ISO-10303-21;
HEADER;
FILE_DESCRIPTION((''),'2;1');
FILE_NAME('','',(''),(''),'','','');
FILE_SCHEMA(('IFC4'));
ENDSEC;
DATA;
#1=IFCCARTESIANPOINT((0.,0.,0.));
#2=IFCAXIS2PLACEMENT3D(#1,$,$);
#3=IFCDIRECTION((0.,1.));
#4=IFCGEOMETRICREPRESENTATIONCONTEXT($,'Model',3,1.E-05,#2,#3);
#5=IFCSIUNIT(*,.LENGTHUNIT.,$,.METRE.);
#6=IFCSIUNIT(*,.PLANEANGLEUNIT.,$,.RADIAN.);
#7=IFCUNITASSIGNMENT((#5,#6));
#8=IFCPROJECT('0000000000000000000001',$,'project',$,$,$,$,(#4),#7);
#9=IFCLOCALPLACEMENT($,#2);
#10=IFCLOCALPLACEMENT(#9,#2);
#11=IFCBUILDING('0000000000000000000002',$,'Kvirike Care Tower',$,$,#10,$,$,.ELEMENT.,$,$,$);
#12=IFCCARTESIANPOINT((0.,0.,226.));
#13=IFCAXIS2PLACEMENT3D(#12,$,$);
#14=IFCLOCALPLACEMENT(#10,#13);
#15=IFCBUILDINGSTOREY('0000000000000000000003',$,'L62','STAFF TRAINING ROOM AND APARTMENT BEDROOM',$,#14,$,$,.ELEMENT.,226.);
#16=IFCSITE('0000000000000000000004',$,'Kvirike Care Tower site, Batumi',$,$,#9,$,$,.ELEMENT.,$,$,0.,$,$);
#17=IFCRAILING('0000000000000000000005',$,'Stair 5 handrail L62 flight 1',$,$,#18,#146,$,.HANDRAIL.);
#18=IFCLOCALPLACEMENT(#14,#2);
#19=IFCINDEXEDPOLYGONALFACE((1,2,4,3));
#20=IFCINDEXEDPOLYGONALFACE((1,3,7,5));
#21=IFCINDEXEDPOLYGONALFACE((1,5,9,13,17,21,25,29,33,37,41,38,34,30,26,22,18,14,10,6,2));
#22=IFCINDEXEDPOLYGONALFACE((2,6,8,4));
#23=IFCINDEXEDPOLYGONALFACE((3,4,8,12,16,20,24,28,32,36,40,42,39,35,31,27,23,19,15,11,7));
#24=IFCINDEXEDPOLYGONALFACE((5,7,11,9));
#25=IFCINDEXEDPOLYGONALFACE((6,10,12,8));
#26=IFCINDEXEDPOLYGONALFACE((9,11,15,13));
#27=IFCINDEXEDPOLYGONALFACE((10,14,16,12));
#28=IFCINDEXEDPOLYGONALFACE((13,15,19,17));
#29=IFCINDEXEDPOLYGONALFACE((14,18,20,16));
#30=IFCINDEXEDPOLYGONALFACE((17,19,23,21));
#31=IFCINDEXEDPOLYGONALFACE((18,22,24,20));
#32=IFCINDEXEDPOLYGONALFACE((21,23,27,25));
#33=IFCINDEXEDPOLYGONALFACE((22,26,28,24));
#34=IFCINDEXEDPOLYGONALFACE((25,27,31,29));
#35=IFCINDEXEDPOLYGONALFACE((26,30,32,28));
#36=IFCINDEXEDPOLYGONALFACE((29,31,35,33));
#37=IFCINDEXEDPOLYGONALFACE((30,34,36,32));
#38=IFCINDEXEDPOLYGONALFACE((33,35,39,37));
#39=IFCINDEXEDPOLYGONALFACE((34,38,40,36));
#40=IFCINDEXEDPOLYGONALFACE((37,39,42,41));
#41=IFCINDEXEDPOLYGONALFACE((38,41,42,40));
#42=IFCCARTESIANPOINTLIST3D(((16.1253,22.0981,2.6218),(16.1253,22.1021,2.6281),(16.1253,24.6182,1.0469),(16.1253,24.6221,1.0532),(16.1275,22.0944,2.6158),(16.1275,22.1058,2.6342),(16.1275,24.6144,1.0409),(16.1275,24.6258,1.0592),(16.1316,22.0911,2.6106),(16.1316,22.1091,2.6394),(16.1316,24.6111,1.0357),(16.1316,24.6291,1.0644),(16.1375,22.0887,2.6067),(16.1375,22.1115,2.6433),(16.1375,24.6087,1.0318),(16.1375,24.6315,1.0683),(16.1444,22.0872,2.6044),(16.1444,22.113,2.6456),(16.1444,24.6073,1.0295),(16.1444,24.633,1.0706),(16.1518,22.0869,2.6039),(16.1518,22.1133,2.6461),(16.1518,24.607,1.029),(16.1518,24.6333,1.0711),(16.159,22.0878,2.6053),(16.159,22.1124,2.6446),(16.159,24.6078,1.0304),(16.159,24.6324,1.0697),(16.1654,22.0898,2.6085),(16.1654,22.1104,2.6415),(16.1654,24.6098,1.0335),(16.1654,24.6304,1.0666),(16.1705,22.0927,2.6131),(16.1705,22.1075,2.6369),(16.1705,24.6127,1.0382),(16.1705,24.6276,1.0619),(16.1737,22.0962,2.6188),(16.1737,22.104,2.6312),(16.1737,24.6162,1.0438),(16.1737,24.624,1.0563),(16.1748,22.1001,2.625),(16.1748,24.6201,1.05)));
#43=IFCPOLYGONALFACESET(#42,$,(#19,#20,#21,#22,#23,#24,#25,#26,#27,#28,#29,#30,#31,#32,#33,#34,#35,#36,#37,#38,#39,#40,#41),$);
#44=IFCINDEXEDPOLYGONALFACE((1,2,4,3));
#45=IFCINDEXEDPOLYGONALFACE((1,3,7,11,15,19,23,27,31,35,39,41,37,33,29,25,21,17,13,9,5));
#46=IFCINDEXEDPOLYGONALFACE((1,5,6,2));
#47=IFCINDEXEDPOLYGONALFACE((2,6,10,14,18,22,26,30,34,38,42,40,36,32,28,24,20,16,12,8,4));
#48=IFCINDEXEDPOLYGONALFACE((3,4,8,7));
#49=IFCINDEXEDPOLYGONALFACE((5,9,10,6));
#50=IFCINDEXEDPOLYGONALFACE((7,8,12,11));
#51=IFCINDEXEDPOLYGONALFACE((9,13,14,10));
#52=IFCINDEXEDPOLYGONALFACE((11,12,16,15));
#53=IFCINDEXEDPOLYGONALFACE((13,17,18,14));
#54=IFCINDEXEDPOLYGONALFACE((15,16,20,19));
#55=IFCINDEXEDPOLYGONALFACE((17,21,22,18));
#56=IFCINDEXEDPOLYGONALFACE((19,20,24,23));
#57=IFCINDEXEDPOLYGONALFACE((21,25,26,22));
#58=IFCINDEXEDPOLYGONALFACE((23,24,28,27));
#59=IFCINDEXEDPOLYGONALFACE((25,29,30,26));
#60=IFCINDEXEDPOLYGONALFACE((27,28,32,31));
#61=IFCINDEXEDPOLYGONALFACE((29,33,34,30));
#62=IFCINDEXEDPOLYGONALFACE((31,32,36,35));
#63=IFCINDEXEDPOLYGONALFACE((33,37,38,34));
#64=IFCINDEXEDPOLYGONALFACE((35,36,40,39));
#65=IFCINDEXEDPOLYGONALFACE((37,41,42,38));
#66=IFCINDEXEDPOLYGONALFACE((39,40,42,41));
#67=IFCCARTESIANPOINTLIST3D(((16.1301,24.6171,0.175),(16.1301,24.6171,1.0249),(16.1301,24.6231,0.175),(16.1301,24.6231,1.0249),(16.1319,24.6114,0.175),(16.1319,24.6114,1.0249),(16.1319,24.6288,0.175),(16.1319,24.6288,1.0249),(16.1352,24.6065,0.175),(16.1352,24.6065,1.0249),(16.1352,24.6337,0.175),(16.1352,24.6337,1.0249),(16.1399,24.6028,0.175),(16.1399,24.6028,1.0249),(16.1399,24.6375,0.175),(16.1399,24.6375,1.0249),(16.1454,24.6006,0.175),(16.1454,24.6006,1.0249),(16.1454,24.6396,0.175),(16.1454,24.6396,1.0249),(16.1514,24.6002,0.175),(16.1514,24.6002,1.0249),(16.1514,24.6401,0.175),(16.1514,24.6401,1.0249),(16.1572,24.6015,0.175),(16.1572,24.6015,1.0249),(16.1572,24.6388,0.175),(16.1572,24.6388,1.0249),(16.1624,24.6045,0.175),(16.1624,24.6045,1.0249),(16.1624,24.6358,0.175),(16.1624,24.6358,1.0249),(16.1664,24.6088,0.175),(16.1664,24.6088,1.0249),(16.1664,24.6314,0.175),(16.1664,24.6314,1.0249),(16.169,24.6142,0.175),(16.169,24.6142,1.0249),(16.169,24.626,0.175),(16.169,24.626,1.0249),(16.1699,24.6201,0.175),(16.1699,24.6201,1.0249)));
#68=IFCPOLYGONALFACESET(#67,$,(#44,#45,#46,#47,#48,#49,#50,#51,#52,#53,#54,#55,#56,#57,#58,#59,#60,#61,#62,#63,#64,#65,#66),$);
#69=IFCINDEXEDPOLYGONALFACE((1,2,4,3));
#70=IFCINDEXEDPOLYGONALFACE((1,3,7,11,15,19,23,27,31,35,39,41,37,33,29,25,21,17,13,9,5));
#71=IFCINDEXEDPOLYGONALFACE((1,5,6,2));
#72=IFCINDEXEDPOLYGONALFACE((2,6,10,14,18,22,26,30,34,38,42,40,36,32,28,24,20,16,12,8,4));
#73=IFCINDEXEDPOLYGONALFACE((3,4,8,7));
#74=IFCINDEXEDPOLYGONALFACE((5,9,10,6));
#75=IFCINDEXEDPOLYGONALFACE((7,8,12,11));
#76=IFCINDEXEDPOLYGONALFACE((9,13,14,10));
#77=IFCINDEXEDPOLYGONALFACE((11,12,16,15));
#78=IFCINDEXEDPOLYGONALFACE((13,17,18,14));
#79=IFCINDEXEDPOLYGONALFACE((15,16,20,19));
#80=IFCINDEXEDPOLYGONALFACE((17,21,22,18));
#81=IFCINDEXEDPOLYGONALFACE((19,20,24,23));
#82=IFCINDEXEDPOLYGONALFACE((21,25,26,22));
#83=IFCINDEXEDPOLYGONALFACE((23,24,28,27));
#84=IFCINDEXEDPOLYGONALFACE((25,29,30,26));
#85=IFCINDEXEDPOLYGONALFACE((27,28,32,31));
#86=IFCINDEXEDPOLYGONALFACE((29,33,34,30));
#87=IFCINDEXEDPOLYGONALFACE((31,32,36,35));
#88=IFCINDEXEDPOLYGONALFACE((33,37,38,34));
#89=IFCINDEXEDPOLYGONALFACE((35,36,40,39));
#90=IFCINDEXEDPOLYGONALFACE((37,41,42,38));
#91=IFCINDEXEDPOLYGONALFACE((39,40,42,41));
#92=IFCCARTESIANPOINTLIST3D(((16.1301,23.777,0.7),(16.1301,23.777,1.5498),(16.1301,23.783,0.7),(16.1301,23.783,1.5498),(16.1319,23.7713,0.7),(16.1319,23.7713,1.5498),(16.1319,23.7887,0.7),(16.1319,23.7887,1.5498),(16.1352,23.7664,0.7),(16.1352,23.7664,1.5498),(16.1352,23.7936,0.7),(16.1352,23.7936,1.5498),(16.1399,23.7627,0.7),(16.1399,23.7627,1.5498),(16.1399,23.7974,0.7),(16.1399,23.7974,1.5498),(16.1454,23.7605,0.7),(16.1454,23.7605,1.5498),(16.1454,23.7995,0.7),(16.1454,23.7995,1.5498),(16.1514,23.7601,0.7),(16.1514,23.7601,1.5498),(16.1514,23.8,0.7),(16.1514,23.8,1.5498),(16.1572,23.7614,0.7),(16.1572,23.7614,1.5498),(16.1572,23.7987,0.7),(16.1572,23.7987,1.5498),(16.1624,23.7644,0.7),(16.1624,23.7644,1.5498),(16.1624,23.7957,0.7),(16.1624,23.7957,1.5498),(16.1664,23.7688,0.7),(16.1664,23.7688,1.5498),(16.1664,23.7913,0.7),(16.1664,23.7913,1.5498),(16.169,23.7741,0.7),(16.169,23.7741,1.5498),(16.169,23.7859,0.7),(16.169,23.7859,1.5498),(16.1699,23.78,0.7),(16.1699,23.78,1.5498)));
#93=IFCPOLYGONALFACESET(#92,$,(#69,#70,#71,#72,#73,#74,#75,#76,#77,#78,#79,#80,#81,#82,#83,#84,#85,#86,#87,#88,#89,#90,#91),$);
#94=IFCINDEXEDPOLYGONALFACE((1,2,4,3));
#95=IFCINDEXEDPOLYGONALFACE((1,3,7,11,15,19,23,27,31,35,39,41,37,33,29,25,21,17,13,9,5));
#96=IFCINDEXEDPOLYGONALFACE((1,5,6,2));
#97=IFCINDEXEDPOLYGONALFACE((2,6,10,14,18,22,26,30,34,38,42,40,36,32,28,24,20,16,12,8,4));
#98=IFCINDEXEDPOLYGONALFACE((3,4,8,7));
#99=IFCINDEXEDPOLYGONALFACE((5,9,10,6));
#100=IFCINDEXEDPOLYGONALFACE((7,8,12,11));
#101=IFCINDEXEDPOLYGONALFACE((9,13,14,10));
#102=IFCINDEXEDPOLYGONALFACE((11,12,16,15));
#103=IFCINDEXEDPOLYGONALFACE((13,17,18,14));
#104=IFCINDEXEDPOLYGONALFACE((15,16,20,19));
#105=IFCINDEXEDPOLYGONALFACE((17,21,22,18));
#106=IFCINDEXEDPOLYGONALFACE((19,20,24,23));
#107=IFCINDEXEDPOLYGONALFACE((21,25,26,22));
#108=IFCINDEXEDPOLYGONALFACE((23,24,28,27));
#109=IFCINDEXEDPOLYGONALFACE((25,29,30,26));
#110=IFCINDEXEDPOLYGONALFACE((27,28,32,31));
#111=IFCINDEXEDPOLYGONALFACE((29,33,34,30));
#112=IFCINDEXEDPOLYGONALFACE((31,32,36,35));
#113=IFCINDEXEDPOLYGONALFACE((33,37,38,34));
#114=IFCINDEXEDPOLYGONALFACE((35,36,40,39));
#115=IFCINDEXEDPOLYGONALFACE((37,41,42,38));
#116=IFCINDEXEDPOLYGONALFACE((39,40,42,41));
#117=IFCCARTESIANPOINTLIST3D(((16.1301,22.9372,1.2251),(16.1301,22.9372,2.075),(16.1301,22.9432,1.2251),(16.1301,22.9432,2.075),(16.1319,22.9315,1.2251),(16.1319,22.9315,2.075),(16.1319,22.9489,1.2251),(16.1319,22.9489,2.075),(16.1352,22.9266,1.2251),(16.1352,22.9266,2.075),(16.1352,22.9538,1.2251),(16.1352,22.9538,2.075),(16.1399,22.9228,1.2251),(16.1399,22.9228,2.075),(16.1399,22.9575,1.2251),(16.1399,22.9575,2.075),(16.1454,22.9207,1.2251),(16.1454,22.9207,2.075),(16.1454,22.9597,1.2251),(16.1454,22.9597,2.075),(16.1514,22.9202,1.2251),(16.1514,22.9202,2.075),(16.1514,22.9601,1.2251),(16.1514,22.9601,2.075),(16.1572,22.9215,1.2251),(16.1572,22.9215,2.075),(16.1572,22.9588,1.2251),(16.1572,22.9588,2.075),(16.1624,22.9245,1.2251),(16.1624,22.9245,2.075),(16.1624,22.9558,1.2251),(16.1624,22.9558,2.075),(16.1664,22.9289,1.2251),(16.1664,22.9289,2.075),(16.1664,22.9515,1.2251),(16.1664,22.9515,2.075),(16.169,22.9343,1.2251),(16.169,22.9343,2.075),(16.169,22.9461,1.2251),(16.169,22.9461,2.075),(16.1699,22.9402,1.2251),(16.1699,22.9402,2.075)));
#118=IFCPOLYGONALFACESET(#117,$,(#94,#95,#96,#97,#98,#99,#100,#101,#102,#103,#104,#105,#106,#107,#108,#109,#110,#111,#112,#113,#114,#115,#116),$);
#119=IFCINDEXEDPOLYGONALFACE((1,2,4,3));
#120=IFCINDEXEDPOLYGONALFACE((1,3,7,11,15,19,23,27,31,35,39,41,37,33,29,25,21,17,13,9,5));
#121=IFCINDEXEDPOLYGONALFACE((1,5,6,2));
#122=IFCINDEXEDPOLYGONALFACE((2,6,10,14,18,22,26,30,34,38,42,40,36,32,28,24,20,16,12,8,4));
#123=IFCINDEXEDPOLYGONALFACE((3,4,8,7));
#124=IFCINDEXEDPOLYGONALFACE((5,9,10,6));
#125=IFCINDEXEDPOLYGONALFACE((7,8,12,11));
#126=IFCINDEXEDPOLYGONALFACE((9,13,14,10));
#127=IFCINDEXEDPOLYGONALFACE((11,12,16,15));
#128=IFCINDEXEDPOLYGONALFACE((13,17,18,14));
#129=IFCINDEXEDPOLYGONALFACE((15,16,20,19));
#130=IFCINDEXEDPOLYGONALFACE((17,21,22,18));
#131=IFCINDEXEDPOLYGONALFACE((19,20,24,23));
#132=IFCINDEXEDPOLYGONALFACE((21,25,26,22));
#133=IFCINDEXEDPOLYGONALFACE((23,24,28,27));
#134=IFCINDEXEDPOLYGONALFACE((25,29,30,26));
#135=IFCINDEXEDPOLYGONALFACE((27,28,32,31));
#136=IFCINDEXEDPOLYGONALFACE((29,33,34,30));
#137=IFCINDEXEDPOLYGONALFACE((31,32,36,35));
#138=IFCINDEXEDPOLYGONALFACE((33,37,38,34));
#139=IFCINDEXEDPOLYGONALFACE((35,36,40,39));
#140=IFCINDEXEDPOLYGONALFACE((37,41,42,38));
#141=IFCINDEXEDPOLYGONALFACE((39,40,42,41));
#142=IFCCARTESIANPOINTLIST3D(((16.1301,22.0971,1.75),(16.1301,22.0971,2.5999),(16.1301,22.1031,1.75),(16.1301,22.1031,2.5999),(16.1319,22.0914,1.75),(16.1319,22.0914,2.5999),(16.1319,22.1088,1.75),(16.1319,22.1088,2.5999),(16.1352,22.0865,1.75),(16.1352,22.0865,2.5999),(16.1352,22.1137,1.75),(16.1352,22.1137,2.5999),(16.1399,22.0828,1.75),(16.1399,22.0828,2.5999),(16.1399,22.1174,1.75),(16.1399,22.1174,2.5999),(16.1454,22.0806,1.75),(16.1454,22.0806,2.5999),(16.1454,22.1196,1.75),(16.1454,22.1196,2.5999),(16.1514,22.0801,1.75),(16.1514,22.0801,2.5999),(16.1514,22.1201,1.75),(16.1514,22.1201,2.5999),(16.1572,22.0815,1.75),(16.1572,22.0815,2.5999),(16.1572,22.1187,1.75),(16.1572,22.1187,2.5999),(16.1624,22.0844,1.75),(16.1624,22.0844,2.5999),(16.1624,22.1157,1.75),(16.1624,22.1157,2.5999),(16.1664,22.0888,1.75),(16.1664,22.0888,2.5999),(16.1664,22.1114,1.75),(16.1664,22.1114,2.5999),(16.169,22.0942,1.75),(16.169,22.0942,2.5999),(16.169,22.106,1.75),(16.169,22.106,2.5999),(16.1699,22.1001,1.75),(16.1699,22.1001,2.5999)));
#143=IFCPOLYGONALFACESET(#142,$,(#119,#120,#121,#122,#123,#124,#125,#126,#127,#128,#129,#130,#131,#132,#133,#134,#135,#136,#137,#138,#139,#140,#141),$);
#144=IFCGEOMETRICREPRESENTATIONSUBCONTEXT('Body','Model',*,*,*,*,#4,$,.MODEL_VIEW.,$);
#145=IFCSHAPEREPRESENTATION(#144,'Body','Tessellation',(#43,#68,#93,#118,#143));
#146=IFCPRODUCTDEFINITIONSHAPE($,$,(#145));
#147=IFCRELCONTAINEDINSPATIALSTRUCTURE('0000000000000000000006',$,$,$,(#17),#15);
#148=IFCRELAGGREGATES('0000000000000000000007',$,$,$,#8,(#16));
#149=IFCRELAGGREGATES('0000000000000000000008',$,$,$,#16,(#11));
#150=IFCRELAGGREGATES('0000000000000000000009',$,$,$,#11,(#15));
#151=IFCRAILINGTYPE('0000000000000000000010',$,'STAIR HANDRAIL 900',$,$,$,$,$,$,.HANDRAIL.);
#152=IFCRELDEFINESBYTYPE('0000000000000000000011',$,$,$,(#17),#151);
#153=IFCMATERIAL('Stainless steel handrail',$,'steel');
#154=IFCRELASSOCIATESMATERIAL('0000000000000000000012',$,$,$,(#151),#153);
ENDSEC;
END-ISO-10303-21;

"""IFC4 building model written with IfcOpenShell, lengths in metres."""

from ifc_helpers import new_model, si_unit, direction, frame, origin, origin_2d, place, context, subcontext, project, spatial, circle, extrude, material, type_object, element, save


model = new_model("IFC4")

# Units and contexts
model_context = context("Model", 3, precision=1e-05, world=origin(), true_north=direction((0.0, 1.0)))
body_context = subcontext(model_context, "Body", "Model", "MODEL_VIEW")
ifc_project = project(units=[si_unit("LENGTHUNIT", "METRE"), si_unit("PLANEANGLEUNIT", "RADIAN")], contexts=[model_context])

# Site, building, storey
site_placement = place(None, origin())
site = spatial("IfcSite", under=ifc_project, at=site_placement, Name="Kvirike Care Tower site, Batumi", CompositionType="ELEMENT", RefElevation=0.0)
building_placement = place(site_placement, origin())
building = spatial("IfcBuilding", under=site, at=building_placement, Name="Kvirike Care Tower", CompositionType="ELEMENT")
storey_placement = place(building_placement, frame((0.0, 0.0, 226.0)))
storey = spatial("IfcBuildingStorey", under=building, at=storey_placement, Name="L62", Description="STAFF TRAINING ROOM AND APARTMENT BEDROOM", CompositionType="ELEMENT", Elevation=226.0)

# Railing
ifc_material_1 = material(Name="Stainless steel handrail", Category="steel")
railing_type = type_object("IfcRailingType", Name="STAIR HANDRAIL 900", PredefinedType="HANDRAIL", material=ifc_material_1)
railing_1_placement = place(storey_placement, frame((16.1499, 24.6201, 0.175)))
element("IfcRailing", 1, at=railing_1_placement, inside=storey, type_object=railing_type, Name="Stair 5 handrail L62 flight 1", PredefinedType="HANDRAIL", context=body_context, shape_type="SweptSolid", body=[
    extrude(circle(Radius=0.0249, at=origin_2d()), frame((0.0, 0.0, 0.875), z_axis=(0.0, -0.848008, 0.529984), x_axis=(1.0, 0.0, 0.0)), (0.0, 0.0, 1.0), 2.9717),
    extrude(circle(Radius=0.02, at=origin_2d()), origin(), (0.0, 0.0, 1.0), 0.8499),
    extrude(circle(Radius=0.02, at=origin_2d()), frame((0.0, -0.8401, 0.5249)), (0.0, 0.0, 1.0), 0.8499),
    extrude(circle(Radius=0.02, at=origin_2d()), frame((0.0, -1.6799, 1.05)), (0.0, 0.0, 1.0), 0.8499),
    extrude(circle(Radius=0.02, at=origin_2d()), frame((0.0, -2.52, 1.575)), (0.0, 0.0, 1.0), 0.8499),
])

save(model, "model.ifc")
